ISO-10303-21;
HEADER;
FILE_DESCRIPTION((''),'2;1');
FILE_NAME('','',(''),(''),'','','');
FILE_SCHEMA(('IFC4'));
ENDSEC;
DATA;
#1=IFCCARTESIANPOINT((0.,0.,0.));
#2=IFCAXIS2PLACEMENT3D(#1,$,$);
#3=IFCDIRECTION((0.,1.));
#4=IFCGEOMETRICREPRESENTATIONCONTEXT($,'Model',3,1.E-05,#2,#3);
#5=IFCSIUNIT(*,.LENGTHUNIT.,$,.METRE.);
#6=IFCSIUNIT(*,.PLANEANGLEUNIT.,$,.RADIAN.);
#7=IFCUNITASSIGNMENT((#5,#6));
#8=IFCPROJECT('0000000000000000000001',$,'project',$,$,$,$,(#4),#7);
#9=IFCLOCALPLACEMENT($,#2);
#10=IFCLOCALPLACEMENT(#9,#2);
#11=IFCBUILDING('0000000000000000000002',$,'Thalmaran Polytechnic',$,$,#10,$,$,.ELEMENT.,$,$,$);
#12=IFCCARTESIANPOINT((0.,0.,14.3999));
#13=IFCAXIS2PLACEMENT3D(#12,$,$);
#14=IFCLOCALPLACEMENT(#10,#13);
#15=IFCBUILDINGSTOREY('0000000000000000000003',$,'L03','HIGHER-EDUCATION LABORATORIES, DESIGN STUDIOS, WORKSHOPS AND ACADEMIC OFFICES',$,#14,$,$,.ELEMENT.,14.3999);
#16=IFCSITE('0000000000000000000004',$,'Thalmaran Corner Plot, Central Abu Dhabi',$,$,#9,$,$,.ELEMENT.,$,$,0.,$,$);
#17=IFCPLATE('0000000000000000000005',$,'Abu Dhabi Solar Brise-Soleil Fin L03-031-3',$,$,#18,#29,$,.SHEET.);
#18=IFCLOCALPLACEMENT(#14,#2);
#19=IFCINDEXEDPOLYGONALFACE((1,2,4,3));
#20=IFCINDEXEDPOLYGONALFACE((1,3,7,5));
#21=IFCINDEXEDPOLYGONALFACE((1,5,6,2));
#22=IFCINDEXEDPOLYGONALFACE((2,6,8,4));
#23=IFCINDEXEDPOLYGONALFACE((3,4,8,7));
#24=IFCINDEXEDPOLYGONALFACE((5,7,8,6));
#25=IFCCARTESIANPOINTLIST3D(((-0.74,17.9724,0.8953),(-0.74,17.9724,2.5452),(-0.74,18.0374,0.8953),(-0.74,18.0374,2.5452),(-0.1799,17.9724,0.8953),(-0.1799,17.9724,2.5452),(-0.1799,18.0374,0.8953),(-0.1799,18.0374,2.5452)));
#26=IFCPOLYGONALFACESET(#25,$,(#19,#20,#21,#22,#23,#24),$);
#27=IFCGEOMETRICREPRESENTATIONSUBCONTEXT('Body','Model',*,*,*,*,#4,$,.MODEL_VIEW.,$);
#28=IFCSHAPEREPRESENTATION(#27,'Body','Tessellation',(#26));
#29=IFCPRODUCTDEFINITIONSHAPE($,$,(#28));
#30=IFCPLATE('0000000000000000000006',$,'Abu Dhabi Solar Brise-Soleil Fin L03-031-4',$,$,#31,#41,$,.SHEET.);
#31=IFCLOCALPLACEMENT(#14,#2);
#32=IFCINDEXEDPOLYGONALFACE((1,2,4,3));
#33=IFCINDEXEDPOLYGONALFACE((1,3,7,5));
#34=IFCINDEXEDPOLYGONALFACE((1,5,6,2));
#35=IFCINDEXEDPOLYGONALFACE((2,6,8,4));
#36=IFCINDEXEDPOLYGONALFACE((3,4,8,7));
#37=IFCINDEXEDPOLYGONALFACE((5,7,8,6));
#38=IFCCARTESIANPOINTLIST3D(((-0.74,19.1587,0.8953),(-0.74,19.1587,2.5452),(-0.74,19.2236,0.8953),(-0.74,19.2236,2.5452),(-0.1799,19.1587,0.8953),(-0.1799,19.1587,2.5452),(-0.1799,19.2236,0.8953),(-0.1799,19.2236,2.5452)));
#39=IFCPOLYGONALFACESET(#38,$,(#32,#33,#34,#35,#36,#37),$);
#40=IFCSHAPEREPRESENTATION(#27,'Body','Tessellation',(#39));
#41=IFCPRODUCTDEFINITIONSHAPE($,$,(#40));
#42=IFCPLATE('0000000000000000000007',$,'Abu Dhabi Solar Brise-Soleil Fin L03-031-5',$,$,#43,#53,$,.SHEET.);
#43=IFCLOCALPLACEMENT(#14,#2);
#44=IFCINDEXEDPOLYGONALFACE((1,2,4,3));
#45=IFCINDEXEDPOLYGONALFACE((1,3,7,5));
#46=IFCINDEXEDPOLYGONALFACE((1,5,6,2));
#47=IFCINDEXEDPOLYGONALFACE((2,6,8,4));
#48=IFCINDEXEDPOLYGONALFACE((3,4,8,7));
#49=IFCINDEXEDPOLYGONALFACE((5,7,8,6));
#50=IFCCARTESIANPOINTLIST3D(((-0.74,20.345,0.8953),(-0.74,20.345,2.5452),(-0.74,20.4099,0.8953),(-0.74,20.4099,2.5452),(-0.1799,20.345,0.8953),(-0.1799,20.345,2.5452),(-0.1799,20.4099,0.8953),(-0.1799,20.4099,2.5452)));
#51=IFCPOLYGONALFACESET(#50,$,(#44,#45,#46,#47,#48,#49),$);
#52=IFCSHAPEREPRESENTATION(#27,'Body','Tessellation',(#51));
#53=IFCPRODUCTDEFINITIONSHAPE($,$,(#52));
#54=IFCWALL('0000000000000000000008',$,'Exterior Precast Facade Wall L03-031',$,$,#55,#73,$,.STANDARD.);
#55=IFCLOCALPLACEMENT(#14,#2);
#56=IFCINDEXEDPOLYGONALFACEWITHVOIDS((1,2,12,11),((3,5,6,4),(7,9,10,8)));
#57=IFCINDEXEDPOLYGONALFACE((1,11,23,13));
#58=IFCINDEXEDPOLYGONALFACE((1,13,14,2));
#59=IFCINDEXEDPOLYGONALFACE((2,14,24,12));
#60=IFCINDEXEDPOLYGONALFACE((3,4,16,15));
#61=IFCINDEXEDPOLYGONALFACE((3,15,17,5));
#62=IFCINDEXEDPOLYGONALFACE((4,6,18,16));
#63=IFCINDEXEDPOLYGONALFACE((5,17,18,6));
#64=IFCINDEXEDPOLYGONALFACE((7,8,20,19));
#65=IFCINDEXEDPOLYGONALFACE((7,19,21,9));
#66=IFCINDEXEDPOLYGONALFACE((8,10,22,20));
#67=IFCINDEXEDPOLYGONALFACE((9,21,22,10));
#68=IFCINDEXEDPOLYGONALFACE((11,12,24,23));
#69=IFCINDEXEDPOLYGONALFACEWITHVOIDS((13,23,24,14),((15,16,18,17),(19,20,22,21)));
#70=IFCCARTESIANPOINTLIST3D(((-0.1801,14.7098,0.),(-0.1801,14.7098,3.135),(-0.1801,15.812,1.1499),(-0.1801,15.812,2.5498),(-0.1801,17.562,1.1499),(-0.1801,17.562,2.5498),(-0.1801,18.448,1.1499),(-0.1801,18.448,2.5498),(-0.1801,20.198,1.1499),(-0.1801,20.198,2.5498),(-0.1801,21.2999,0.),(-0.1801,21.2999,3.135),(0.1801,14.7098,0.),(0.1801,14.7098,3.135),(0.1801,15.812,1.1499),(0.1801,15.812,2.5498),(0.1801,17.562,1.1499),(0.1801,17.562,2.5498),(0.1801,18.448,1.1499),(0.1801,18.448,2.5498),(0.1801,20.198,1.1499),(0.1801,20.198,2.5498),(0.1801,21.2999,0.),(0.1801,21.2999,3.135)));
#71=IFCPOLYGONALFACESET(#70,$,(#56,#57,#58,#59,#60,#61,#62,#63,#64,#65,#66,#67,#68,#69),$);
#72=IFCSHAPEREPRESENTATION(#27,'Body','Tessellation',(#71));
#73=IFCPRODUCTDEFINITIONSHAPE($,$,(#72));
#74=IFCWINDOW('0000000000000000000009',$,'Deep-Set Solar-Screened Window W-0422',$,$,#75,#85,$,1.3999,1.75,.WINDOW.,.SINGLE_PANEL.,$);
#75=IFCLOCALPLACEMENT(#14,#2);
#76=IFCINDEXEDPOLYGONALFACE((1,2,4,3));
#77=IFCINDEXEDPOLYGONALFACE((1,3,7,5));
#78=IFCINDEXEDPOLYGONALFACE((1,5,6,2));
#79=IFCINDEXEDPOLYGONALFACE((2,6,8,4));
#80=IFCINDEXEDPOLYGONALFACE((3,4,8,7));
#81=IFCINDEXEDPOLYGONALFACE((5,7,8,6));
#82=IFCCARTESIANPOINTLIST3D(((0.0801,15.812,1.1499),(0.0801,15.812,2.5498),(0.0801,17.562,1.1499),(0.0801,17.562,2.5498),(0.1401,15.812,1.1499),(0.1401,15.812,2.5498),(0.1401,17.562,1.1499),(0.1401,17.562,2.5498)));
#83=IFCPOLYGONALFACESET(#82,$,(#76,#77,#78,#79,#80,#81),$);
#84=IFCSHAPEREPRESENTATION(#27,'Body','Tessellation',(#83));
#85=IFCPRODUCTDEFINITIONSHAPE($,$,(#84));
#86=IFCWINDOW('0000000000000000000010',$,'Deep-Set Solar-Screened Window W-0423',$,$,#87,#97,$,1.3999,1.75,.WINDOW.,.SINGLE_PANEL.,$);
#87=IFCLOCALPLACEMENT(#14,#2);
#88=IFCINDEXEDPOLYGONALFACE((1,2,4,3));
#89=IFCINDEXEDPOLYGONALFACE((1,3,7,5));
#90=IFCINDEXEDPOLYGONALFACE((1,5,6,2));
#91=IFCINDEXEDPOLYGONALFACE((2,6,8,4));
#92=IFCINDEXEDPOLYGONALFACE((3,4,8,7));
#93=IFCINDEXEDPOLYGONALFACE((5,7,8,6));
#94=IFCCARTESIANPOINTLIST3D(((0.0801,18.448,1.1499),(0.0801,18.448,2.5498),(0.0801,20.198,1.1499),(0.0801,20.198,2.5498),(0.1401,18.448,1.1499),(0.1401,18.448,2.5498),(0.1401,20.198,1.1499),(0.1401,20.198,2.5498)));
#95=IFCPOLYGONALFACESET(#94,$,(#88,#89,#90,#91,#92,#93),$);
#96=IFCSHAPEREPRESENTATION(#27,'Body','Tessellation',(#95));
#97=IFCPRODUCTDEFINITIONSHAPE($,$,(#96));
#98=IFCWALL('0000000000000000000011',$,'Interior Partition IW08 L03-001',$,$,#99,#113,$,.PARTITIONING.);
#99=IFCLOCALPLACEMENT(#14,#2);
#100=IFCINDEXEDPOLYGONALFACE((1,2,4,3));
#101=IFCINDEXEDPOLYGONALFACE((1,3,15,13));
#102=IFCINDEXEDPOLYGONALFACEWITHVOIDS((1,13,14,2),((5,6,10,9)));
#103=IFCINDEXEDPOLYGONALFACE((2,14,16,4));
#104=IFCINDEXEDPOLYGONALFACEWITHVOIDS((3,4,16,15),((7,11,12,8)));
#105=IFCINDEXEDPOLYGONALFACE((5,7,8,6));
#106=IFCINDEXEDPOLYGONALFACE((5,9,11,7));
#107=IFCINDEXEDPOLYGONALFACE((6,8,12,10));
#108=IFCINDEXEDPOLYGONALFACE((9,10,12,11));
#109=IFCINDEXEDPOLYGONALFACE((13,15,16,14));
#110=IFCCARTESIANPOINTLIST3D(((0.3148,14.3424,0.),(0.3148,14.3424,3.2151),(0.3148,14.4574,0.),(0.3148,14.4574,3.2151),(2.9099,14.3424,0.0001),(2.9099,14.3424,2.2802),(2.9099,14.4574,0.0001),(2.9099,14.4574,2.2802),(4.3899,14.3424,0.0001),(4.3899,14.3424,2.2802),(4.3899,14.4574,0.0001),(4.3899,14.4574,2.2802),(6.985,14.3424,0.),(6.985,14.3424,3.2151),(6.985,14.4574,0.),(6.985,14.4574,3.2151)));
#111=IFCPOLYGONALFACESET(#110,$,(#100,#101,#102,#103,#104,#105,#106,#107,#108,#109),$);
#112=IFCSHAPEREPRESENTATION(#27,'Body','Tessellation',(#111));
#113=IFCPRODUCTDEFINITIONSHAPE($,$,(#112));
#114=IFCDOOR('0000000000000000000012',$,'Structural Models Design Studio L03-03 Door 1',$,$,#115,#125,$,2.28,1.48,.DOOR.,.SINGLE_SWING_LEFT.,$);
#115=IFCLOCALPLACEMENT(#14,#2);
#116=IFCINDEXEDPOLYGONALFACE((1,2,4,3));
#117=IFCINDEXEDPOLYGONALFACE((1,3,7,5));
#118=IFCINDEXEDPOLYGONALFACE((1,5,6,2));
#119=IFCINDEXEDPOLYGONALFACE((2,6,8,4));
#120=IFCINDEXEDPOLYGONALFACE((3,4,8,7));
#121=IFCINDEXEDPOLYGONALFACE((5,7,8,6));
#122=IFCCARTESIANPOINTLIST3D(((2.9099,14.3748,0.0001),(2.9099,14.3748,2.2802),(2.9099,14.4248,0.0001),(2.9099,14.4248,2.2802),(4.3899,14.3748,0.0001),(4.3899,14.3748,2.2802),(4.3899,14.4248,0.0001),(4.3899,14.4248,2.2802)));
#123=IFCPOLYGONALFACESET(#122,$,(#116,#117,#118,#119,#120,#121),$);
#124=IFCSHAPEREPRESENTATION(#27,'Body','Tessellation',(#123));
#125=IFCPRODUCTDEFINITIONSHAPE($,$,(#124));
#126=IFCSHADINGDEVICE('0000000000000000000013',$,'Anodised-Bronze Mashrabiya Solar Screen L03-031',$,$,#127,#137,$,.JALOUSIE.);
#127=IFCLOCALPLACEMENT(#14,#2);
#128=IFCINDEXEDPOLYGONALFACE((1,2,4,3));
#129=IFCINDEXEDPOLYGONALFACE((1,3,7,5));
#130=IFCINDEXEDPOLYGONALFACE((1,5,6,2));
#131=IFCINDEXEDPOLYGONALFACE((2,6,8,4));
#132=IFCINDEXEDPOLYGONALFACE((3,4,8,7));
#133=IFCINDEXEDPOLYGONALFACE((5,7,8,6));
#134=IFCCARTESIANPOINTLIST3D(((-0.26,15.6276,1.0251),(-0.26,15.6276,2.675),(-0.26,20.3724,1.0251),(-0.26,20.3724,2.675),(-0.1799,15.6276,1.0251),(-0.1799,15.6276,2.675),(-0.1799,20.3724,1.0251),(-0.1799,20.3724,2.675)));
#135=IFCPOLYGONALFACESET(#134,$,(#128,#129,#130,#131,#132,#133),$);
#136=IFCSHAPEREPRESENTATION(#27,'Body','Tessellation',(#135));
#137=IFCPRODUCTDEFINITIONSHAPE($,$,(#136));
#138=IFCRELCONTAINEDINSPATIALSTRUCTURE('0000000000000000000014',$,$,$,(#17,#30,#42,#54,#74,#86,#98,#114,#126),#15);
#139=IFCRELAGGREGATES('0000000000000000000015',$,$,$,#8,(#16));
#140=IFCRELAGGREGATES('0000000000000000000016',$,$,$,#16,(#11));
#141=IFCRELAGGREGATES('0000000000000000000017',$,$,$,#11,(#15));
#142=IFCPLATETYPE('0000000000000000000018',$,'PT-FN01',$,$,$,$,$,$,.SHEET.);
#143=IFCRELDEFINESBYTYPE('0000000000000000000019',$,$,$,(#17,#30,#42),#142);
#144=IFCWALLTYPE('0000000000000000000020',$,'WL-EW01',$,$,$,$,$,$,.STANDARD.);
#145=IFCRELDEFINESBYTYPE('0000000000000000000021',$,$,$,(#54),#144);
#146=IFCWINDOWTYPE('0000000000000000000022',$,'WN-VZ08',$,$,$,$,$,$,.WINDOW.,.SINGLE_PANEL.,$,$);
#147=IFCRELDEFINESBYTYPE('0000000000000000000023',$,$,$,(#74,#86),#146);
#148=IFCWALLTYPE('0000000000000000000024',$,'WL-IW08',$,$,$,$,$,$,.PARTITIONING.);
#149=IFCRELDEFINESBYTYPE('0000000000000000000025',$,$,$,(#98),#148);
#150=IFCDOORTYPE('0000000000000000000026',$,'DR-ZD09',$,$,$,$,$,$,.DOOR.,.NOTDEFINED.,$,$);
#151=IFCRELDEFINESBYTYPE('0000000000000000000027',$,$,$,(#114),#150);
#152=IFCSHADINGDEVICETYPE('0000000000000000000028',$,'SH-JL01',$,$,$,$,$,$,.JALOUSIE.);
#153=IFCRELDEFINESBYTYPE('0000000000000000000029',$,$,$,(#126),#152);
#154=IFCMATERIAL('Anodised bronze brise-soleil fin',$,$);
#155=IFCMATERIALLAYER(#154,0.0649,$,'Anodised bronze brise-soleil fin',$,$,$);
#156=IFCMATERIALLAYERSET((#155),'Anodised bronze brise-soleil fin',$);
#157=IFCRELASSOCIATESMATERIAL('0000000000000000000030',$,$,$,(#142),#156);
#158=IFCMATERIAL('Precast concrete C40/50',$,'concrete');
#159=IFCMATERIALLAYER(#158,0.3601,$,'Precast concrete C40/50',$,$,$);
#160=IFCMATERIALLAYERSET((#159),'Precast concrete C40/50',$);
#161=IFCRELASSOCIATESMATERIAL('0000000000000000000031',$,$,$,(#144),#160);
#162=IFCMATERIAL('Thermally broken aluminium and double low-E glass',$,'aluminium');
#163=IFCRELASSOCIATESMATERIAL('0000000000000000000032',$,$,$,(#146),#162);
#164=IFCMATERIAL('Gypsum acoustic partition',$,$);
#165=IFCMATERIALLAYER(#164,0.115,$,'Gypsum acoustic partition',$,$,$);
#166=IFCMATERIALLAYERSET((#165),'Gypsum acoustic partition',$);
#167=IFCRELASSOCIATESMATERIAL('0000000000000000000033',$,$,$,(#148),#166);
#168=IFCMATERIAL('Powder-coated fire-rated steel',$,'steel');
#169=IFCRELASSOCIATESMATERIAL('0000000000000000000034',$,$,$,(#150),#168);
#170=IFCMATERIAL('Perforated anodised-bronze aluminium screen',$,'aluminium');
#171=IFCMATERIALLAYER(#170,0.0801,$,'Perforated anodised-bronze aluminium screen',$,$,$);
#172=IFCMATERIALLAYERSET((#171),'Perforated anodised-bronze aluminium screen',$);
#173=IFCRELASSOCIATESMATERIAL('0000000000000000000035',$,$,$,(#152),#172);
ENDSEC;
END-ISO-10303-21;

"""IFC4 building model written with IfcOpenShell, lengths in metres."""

from ifc_helpers import new_model, si_unit, direction, frame, frame_2d, origin, origin_2d, place, context, subcontext, project, spatial, rectangle, extrude, material, layer, layer_set, type_object, element, fill, save


model = new_model("IFC4")

# Units and contexts
model_context = context("Model", 3, precision=1e-05, world=origin(), true_north=direction((0.0, 1.0)))
body_context = subcontext(model_context, "Body", "Model", "MODEL_VIEW")
ifc_project = project(units=[si_unit("LENGTHUNIT", "METRE"), si_unit("PLANEANGLEUNIT", "RADIAN")], contexts=[model_context])

# Site, building, storey
site_placement = place(None, origin())
site = spatial("IfcSite", under=ifc_project, at=site_placement, Name="Thalmaran Corner Plot, Central Abu Dhabi", CompositionType="ELEMENT", RefElevation=0.0)
building_placement = place(site_placement, origin())
building = spatial("IfcBuilding", under=site, at=building_placement, Name="Thalmaran Polytechnic", CompositionType="ELEMENT")
storey_placement = place(building_placement, frame((0.0, 0.0, 14.3999)))
storey = spatial("IfcBuildingStorey", under=building, at=storey_placement, Name="L03", Description="HIGHER-EDUCATION LABORATORIES, DESIGN STUDIOS, WORKSHOPS AND ACADEMIC OFFICES", CompositionType="ELEMENT", Elevation=14.3999)

# Plates
ifc_material_1 = material(Name="Anodised bronze brise-soleil fin")
ifc_layer_1 = layer(ifc_material_1, 0.0649, Name="Anodised bronze brise-soleil fin")
ifc_layer_set_1 = layer_set([ifc_layer_1], Name="Anodised bronze brise-soleil fin")
plate_type_1 = type_object("IfcPlateType", Name="PT-FN01", PredefinedType="SHEET", material=ifc_layer_set_1)
for number, where, z_axis, x_axis, name in (
    (1, (-0.46, 18.0049, 0.8953), (0.0, 0.0, 1.0), (0.0, 1.0, 0.0), "Abu Dhabi Solar Brise-Soleil Fin L03-031-3"),
    (2, (-0.46, 19.1912, 0.8953), (0.0, 0.0, 1.0), (0.0, 1.0, 0.0), "Abu Dhabi Solar Brise-Soleil Fin L03-031-4"),
    (3, (-0.46, 20.3774, 0.8953), (0.0, 0.0, 1.0), (0.0, 1.0, 0.0), "Abu Dhabi Solar Brise-Soleil Fin L03-031-5"),
):
    element("IfcPlate", number, at=place(storey_placement, frame(where, z_axis=z_axis, x_axis=x_axis)), inside=storey, type_object=plate_type_1, Name=name, PredefinedType="SHEET", context=body_context, shape_type="SweptSolid", body=[
        extrude(rectangle(XDim=0.0649, YDim=0.5601, at=origin_2d()), origin(), (0.0, 0.0, 1.0), 1.6499),
    ])

# Wall, openings, windows
ifc_material_2 = material(Name="Precast concrete C40/50", Category="concrete")
ifc_layer_2 = layer(ifc_material_2, 0.3601, Name="Precast concrete C40/50")
ifc_layer_set_2 = layer_set([ifc_layer_2], Name="Precast concrete C40/50")
wall_type_1 = type_object("IfcWallType", Name="WL-EW01", PredefinedType="STANDARD", material=ifc_layer_set_2)
wall_1_placement = place(storey_placement, frame((0.0, 14.71, 0.0), z_axis=(0.0, 0.0, 1.0), x_axis=(0.0, 1.0, 0.0)))
wall_1 = element("IfcWall", 4, at=wall_1_placement, inside=storey, type_object=wall_type_1, Name="Exterior Precast Facade Wall L03-031", PredefinedType="STANDARD", context=body_context, shape_type="SweptSolid", body=[
    extrude(rectangle(XDim=6.5901, YDim=0.3601, at=frame_2d((3.2949, 0.0))), origin(), (0.0, 0.0, 1.0), 3.135),
])
opening_1_placement = place(wall_1_placement, frame((1.1021, 0.0, 1.1499)))
opening_1 = element("IfcOpeningElement", 5, at=opening_1_placement, cuts=wall_1, PredefinedType="OPENING", context=body_context, shape_type="SweptSolid", body=[
    extrude(rectangle(XDim=1.75, YDim=1.3999, at=frame_2d((0.875, 0.7))), frame((0.0, 0.1899, 0.0), z_axis=(0.0, -1.0, 0.0), x_axis=(1.0, 0.0, 0.0)), (0.0, 0.0, 1.0), 0.3801),
])
opening_2_placement = place(wall_1_placement, frame((3.738, 0.0, 1.1499)))
opening_2 = element("IfcOpeningElement", 6, at=opening_2_placement, cuts=wall_1, PredefinedType="OPENING", context=body_context, shape_type="SweptSolid", body=[
    extrude(rectangle(XDim=1.75, YDim=1.3999, at=frame_2d((0.875, 0.7))), frame((0.0, 0.1899, 0.0), z_axis=(0.0, -1.0, 0.0), x_axis=(1.0, 0.0, 0.0)), (0.0, 0.0, 1.0), 0.3801),
])
ifc_material_3 = material(Name="Thermally broken aluminium and double low-E glass", Category="aluminium")
window_type = type_object("IfcWindowType", Name="WN-VZ08", PartitioningType="SINGLE_PANEL", PredefinedType="WINDOW", material=ifc_material_3)
window_1_placement = place(opening_1_placement, origin())
window_1 = element("IfcWindow", 7, at=window_1_placement, inside=storey, type_object=window_type, Name="Deep-Set Solar-Screened Window W-0422", OverallHeight=1.3999, OverallWidth=1.75, PartitioningType="SINGLE_PANEL", PredefinedType="WINDOW", context=body_context, shape_type="SweptSolid", body=[
    extrude(rectangle(XDim=1.75, YDim=1.3999, at=frame_2d((0.875, 0.7))), frame((0.0, -0.0801, 0.0), z_axis=(0.0, -1.0, 0.0), x_axis=(1.0, 0.0, 0.0)), (0.0, 0.0, 1.0), 0.0601),
])
fill(opening_1, window_1)
window_2_placement = place(opening_2_placement, origin())
window_2 = element("IfcWindow", 8, at=window_2_placement, inside=storey, type_object=window_type, Name="Deep-Set Solar-Screened Window W-0423", OverallHeight=1.3999, OverallWidth=1.75, PartitioningType="SINGLE_PANEL", PredefinedType="WINDOW", context=body_context, shape_type="SweptSolid", body=[
    extrude(rectangle(XDim=1.75, YDim=1.3999, at=frame_2d((0.875, 0.7))), frame((0.0, -0.0801, 0.0), z_axis=(0.0, -1.0, 0.0), x_axis=(1.0, 0.0, 0.0)), (0.0, 0.0, 1.0), 0.0601),
])
fill(opening_2, window_2)

# Wall, opening, door
ifc_material_4 = material(Name="Gypsum acoustic partition")
ifc_layer_3 = layer(ifc_material_4, 0.115, Name="Gypsum acoustic partition")
ifc_layer_set_3 = layer_set([ifc_layer_3], Name="Gypsum acoustic partition")
wall_type_2 = type_object("IfcWallType", Name="WL-IW08", PredefinedType="PARTITIONING", material=ifc_layer_set_3)
wall_2_placement = place(storey_placement, frame((0.3149, 14.3999, 0.0), z_axis=(0.0, 0.0, 1.0), x_axis=(1.0, 0.0, 0.0)))
wall_2 = element("IfcWall", 9, at=wall_2_placement, inside=storey, type_object=wall_type_2, Name="Interior Partition IW08 L03-001", PredefinedType="PARTITIONING", context=body_context, shape_type="SweptSolid", body=[
    extrude(rectangle(XDim=6.6702, YDim=0.115, at=frame_2d((3.335, 0.0))), origin(), (0.0, 0.0, 1.0), 3.2151),
])
opening_3_placement = place(wall_2_placement, frame((2.595, 0.0, 0.0)))
opening_3 = element("IfcOpeningElement", 10, at=opening_3_placement, cuts=wall_2, PredefinedType="OPENING", context=body_context, shape_type="SweptSolid", body=[
    extrude(rectangle(XDim=1.48, YDim=2.28, at=frame_2d((0.74, 1.1401))), frame((0.0, 0.0674, 0.0), z_axis=(0.0, -1.0, 0.0), x_axis=(1.0, 0.0, 0.0)), (0.0, 0.0, 1.0), 0.135),
])
ifc_material_5 = material(Name="Powder-coated fire-rated steel", Category="steel")
door_type = type_object("IfcDoorType", Name="DR-ZD09", OperationType="NOTDEFINED", PredefinedType="DOOR", material=ifc_material_5)
door_placement = place(opening_3_placement, origin())
door = element("IfcDoor", 11, at=door_placement, inside=storey, type_object=door_type, Name="Structural Models Design Studio L03-03 Door 1", OperationType="SINGLE_SWING_LEFT", OverallHeight=2.28, OverallWidth=1.48, PredefinedType="DOOR", context=body_context, shape_type="SweptSolid", body=[
    extrude(rectangle(XDim=1.48, YDim=2.28, at=frame_2d((0.74, 1.1401))), frame((0.0, 0.0249, 0.0), z_axis=(0.0, -1.0, 0.0), x_axis=(1.0, 0.0, 0.0)), (0.0, 0.0, 1.0), 0.05),
])
fill(opening_3, door)

# Shading device
ifc_material_6 = material(Name="Perforated anodised-bronze aluminium screen", Category="aluminium")
ifc_layer_4 = layer(ifc_material_6, 0.0801, Name="Perforated anodised-bronze aluminium screen")
ifc_layer_set_4 = layer_set([ifc_layer_4], Name="Perforated anodised-bronze aluminium screen")
shading_device_type = type_object("IfcShadingDeviceType", Name="SH-JL01", PredefinedType="JALOUSIE", material=ifc_layer_set_4)
shading_device_placement = place(storey_placement, frame((-0.22, 18.0, 1.0251), z_axis=(0.0, 0.0, 1.0), x_axis=(0.0, 1.0, 0.0)))
element("IfcShadingDevice", 12, at=shading_device_placement, inside=storey, type_object=shading_device_type, Name="Anodised-Bronze Mashrabiya Solar Screen L03-031", PredefinedType="JALOUSIE", context=body_context, shape_type="SweptSolid", body=[
    extrude(rectangle(XDim=4.7449, YDim=0.0801, at=origin_2d()), origin(), (0.0, 0.0, 1.0), 1.6499),
])

save(model, "model.ifc")
